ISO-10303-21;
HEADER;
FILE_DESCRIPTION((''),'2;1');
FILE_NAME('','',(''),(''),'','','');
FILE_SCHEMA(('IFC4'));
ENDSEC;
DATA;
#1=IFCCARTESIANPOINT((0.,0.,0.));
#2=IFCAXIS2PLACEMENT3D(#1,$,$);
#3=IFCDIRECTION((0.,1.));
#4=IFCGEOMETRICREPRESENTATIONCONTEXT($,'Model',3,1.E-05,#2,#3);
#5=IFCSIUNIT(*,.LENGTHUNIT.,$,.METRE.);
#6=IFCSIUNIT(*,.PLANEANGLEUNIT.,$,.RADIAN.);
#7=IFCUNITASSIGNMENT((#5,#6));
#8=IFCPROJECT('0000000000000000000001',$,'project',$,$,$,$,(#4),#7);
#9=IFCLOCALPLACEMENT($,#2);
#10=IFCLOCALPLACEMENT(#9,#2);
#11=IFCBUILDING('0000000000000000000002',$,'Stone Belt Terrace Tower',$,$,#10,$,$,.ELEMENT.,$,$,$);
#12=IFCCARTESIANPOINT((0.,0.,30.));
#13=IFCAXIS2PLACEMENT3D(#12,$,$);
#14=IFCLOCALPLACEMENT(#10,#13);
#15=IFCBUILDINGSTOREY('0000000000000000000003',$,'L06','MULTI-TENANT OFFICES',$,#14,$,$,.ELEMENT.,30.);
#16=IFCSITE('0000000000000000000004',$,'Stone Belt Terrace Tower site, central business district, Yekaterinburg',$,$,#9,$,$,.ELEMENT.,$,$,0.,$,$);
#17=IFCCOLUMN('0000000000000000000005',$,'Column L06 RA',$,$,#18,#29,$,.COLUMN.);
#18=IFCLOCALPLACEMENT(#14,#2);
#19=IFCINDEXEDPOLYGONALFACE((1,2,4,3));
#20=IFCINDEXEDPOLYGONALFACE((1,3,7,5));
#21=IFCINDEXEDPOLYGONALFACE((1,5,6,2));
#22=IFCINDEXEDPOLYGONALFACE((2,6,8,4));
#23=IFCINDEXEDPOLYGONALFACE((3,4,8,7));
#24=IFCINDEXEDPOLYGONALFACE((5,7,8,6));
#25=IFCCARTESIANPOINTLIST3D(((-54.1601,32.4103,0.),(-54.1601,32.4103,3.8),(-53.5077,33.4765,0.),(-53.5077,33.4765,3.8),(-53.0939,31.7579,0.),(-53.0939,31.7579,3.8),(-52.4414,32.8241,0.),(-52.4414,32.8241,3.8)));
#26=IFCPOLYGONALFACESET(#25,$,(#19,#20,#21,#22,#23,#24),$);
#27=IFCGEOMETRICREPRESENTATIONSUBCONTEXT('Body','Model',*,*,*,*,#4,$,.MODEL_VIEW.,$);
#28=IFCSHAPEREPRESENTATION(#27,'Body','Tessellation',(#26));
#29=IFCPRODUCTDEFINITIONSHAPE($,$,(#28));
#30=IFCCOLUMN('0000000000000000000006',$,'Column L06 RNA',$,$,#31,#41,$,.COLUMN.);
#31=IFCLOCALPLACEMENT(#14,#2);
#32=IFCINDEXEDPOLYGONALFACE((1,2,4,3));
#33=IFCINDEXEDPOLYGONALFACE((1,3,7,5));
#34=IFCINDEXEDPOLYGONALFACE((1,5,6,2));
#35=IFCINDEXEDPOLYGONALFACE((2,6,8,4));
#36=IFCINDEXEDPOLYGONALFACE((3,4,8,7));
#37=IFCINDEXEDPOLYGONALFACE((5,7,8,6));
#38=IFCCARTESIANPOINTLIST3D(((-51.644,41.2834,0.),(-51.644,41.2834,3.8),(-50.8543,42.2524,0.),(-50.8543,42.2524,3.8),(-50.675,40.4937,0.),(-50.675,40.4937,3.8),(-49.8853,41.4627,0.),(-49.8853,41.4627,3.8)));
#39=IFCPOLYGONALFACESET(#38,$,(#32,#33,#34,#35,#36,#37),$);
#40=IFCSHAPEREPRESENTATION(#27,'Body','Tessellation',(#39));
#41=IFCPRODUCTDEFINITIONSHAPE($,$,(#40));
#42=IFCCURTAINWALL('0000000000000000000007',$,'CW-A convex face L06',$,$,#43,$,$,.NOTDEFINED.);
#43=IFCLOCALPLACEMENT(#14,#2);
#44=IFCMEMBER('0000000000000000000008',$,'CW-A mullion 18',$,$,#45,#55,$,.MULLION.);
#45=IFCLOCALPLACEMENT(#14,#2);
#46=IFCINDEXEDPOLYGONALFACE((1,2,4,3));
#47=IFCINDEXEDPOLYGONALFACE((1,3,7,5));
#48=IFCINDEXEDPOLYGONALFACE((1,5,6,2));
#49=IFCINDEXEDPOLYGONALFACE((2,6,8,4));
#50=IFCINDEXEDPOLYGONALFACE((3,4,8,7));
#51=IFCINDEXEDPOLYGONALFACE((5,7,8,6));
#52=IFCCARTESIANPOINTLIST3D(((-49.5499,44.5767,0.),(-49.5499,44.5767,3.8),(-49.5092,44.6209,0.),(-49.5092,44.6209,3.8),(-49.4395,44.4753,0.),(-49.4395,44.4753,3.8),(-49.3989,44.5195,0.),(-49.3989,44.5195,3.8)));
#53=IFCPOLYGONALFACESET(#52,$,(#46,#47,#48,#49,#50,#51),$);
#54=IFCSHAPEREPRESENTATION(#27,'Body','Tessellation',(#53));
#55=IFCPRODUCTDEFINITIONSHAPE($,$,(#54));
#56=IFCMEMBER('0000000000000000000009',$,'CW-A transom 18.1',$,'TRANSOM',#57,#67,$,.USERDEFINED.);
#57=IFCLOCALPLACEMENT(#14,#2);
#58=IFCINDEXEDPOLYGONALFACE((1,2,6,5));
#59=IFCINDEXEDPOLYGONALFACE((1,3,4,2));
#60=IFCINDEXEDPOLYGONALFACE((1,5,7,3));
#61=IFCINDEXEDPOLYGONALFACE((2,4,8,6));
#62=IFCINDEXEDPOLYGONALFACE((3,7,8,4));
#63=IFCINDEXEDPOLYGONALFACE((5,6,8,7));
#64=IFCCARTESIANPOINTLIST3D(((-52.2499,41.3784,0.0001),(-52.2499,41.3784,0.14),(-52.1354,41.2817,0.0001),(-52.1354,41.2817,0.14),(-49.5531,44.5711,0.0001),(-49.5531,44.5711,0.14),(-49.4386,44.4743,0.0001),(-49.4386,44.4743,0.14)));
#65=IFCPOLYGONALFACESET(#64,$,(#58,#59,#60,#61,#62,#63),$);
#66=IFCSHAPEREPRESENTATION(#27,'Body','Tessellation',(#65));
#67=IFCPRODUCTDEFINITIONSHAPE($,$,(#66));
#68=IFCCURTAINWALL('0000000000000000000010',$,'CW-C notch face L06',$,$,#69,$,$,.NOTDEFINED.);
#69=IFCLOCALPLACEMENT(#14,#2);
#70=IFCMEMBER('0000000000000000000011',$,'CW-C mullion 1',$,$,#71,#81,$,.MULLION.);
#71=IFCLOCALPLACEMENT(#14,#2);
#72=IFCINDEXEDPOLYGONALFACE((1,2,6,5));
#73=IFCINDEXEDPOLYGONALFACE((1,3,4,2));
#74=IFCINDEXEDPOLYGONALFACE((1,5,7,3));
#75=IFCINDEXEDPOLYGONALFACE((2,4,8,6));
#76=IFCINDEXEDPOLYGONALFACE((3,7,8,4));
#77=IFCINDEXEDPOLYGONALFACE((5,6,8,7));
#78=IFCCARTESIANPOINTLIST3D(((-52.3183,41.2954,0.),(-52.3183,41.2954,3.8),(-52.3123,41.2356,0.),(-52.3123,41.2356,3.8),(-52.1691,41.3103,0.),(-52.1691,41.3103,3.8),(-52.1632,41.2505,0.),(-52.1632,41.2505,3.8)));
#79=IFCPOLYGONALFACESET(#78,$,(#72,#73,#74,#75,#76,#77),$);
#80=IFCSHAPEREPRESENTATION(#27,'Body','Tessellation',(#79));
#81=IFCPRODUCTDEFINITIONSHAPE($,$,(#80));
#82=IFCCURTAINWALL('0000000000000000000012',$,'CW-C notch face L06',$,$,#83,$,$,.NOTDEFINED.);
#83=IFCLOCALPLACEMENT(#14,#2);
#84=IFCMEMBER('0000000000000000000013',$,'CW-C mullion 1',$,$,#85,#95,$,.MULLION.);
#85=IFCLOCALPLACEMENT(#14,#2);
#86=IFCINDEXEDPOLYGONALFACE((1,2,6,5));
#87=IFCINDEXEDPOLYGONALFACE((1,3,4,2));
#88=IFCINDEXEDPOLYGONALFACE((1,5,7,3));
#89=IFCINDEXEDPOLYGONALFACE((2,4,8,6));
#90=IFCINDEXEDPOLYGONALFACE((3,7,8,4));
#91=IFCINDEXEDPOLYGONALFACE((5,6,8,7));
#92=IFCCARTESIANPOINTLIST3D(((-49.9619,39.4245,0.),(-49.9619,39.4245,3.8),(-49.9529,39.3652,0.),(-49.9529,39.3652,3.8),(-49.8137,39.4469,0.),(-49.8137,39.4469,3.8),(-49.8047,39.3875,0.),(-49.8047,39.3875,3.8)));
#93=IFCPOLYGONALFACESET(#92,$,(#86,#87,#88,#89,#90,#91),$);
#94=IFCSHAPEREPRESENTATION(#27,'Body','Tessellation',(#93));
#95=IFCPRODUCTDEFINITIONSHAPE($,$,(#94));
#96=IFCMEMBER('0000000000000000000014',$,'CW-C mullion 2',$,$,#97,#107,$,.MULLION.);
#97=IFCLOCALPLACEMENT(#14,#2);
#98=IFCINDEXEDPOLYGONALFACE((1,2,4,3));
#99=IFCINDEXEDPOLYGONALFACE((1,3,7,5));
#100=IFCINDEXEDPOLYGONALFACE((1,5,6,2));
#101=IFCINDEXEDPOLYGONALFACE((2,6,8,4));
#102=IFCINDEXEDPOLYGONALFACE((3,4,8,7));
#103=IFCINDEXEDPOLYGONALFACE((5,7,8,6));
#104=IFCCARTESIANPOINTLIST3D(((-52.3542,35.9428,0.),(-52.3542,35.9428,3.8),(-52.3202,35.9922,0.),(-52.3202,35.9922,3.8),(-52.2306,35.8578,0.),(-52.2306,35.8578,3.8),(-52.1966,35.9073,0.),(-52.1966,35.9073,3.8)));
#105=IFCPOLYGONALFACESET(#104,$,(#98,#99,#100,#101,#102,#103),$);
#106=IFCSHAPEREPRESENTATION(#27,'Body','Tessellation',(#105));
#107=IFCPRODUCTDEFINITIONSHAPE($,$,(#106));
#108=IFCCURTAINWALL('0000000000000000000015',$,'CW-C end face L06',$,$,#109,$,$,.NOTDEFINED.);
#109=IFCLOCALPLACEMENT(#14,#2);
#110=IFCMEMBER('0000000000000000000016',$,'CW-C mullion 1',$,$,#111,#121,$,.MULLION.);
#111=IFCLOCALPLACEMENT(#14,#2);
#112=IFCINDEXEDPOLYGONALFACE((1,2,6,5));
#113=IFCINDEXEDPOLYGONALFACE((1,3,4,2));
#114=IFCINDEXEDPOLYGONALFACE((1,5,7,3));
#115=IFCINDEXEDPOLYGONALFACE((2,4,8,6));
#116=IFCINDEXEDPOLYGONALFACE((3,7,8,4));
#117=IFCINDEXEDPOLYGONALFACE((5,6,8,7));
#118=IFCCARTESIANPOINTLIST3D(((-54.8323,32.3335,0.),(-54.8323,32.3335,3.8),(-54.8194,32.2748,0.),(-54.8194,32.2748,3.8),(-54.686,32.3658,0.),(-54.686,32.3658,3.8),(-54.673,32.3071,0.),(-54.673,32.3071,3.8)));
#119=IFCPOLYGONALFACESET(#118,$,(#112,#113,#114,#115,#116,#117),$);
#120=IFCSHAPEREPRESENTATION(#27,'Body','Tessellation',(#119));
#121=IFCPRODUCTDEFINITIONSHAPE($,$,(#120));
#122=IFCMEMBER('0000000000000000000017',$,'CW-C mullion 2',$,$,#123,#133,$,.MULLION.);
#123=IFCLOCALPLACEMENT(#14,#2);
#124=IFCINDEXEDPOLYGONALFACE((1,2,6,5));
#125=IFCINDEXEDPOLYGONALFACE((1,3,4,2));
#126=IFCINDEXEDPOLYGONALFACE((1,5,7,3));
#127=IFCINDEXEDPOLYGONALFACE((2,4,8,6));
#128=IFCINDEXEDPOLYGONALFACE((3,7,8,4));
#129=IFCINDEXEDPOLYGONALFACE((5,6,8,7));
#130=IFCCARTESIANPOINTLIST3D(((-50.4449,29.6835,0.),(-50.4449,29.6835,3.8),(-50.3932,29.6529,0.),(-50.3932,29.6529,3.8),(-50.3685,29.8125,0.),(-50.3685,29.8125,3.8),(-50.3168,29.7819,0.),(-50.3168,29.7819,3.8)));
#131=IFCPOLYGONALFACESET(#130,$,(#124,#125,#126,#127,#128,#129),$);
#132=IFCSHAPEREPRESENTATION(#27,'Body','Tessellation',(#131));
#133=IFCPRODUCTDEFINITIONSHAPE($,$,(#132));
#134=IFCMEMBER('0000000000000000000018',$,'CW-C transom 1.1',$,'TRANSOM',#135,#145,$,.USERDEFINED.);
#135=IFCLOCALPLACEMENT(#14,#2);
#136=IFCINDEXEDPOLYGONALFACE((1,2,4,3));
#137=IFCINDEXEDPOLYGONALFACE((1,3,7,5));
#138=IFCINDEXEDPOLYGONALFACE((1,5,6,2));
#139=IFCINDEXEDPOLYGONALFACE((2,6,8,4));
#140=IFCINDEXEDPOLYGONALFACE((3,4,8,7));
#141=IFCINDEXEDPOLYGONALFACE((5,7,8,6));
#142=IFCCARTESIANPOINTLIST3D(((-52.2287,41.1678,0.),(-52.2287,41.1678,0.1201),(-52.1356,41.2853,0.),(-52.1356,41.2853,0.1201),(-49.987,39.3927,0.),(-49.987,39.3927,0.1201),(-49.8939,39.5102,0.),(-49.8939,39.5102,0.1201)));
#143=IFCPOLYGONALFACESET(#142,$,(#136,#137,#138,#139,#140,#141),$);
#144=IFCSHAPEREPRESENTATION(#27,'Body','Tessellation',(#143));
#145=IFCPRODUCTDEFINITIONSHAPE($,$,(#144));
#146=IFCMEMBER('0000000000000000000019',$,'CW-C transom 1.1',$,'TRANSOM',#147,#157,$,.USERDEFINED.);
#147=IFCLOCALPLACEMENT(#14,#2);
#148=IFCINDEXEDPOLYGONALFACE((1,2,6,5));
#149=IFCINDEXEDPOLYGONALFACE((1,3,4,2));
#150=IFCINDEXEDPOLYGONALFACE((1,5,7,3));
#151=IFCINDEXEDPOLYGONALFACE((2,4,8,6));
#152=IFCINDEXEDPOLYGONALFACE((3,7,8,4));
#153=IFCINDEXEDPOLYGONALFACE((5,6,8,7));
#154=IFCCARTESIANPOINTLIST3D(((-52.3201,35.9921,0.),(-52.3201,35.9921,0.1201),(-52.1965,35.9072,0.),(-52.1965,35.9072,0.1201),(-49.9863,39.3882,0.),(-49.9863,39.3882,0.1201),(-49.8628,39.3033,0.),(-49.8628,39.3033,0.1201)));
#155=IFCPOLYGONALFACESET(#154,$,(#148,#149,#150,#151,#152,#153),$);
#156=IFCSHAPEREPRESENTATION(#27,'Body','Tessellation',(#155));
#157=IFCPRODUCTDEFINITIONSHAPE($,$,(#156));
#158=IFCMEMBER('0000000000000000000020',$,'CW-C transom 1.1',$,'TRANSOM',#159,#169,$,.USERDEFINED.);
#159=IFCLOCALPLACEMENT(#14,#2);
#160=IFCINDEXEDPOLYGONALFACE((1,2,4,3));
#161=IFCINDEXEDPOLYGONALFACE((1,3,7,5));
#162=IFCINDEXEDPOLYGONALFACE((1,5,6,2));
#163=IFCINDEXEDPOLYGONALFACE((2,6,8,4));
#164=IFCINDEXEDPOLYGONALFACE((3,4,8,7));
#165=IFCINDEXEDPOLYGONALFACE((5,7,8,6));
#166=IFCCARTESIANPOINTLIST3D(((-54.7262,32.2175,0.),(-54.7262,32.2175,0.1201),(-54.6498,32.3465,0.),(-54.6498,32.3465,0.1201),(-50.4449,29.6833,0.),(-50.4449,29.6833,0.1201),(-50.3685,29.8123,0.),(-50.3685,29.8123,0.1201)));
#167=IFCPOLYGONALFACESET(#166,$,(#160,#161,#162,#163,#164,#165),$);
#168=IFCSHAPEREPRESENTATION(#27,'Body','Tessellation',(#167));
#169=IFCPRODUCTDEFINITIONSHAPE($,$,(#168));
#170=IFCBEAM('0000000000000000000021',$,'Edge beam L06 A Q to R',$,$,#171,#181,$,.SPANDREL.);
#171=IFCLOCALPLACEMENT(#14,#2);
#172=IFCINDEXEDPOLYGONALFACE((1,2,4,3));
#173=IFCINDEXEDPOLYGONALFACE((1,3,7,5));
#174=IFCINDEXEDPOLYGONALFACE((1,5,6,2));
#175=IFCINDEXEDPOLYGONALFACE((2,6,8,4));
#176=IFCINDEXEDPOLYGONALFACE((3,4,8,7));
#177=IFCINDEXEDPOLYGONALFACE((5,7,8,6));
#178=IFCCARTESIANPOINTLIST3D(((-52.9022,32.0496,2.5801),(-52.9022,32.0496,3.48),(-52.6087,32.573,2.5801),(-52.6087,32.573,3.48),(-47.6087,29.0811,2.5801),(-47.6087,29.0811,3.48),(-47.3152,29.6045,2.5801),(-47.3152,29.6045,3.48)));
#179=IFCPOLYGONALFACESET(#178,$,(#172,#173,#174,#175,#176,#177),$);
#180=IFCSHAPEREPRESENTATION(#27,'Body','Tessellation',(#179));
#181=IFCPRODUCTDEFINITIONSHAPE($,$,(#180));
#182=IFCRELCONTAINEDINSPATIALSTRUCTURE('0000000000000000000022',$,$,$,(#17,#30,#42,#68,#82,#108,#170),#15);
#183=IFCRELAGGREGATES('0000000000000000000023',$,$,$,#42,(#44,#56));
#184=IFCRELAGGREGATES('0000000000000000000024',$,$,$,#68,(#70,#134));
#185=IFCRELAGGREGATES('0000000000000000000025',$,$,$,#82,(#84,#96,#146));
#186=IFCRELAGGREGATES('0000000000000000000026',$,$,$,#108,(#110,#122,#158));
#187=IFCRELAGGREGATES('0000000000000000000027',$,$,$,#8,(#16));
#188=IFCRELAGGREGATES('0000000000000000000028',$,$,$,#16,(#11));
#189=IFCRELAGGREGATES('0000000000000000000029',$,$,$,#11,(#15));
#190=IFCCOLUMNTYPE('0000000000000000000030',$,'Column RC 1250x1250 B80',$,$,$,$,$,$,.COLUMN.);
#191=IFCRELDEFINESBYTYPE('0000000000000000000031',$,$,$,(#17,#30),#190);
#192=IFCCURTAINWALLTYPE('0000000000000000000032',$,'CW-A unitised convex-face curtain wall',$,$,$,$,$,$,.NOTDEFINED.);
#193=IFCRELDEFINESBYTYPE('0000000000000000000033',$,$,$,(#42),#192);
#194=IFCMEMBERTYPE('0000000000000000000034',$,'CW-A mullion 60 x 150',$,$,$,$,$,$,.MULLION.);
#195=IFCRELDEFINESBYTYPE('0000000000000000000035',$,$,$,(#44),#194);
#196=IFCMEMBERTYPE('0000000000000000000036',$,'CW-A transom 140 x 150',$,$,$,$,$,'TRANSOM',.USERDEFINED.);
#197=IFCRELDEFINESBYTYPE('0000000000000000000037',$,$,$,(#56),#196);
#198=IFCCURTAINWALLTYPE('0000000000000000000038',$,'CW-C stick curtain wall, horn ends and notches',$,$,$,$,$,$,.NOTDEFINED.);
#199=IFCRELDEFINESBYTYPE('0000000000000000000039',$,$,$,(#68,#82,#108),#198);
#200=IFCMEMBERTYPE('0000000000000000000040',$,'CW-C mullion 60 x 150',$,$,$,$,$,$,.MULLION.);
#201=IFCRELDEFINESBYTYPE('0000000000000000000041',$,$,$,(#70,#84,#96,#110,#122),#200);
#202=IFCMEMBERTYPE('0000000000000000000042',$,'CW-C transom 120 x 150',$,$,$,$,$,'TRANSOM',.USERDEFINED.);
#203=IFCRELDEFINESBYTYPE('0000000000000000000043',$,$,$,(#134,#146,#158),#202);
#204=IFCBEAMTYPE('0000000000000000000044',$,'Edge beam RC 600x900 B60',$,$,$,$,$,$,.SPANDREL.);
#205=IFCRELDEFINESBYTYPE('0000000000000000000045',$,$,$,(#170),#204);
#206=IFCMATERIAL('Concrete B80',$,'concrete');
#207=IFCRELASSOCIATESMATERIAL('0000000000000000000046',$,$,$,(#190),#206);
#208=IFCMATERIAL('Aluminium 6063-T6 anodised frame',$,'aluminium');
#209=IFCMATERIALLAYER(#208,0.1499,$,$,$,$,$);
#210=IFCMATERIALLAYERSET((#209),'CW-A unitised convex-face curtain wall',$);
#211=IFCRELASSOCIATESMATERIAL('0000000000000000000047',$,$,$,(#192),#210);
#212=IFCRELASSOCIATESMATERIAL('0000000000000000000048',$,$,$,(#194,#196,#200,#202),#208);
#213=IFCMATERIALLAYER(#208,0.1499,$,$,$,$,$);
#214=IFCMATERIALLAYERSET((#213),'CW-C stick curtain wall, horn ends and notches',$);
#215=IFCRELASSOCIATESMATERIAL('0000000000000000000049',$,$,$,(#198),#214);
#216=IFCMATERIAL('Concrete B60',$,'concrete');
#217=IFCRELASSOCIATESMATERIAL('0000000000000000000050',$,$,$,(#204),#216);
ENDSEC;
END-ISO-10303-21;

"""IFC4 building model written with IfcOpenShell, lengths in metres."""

from ifc_helpers import new_model, si_unit, direction, frame, origin, origin_2d, place, context, subcontext, project, spatial, rectangle, extrude, material, layer, layer_set, material_profile, profile_set, type_object, element, aggregate, save


model = new_model("IFC4")

# Units and contexts
model_context = context("Model", 3, precision=1e-05, world=origin(), true_north=direction((0.0, 1.0)))
body_context = subcontext(model_context, "Body", "Model", "MODEL_VIEW")
ifc_project = project(units=[si_unit("LENGTHUNIT", "METRE"), si_unit("PLANEANGLEUNIT", "RADIAN")], contexts=[model_context])

# Site, building, storey
site_placement = place(None, origin())
site = spatial("IfcSite", under=ifc_project, at=site_placement, Name="Stone Belt Terrace Tower site, central business district, Yekaterinburg", CompositionType="ELEMENT", RefElevation=0.0)
building_placement = place(site_placement, origin())
building = spatial("IfcBuilding", under=site, at=building_placement, Name="Stone Belt Terrace Tower", CompositionType="ELEMENT")
storey_placement = place(building_placement, frame((0.0, 0.0, 30.0)))
storey = spatial("IfcBuildingStorey", under=building, at=storey_placement, Name="L06", Description="MULTI-TENANT OFFICES", CompositionType="ELEMENT", Elevation=30.0)

# Columns
ifc_material_1 = material(Name="Concrete B80", Category="concrete")
ifc_material_profile_1 = material_profile(ifc_material_1, rectangle(XDim=1.25, YDim=1.25, at=origin_2d()), Name="RC 1250x1250")
ifc_profile_set_1 = profile_set([ifc_material_profile_1], Name="Concrete B80")
column_type = type_object("IfcColumnType", Name="Column RC 1250x1250 B80", PredefinedType="COLUMN", material=ifc_profile_set_1)
for number, where, z_axis, x_axis, name in (
    (1, (-53.3008, 32.6172, 0.0), (0.0, 0.0, 1.0), (0.521967, 0.852966, 0.0), "Column L06 RA"),
    (2, (-50.7646, 41.373, 0.0), (0.0, 0.0, 1.0), (0.631759, 0.775165, 0.0), "Column L06 RNA"),
):
    element("IfcColumn", number, at=place(storey_placement, frame(where, z_axis=z_axis, x_axis=x_axis)), inside=storey, type_object=column_type, Name=name, PredefinedType="COLUMN", context=body_context, shape_type="SweptSolid", body=[
        extrude(rectangle(XDim=1.25, YDim=1.25, at=origin_2d()), origin(), (0.0, 0.0, 1.0), 3.8),
    ])

# Curtain wall, members
ifc_material_2 = material(Name="Aluminium 6063-T6 anodised frame", Category="aluminium")
ifc_layer_1 = layer(ifc_material_2, 0.1499)
ifc_layer_set_1 = layer_set([ifc_layer_1], Name="CW-A unitised convex-face curtain wall")
curtain_wall_type_1 = type_object("IfcCurtainWallType", Name="CW-A unitised convex-face curtain wall", PredefinedType="NOTDEFINED", material=ifc_layer_set_1)
curtain_wall_1_placement = place(storey_placement, origin())
curtain_wall_1 = element("IfcCurtainWall", 3, at=curtain_wall_1_placement, inside=storey, type_object=curtain_wall_type_1, Name="CW-A convex face L06", PredefinedType="NOTDEFINED")
ifc_material_profile_2 = material_profile(ifc_material_2, rectangle(XDim=0.1499, YDim=0.0601, at=origin_2d()), Name="Aluminium 6063-T6 60x150")
ifc_profile_set_2 = profile_set([ifc_material_profile_2], Name="Aluminium 6063-T6 anodised frame")
member_type_1 = type_object("IfcMemberType", Name="CW-A mullion 60 x 150", PredefinedType="MULLION", material=ifc_profile_set_2)
member_1_placement = place(storey_placement, frame((-49.4744, 44.5481, 0.0), z_axis=(0.0, 0.0, 1.0), x_axis=(0.736171, -0.676796, 0.0)))
member_1 = element("IfcMember", 4, at=member_1_placement, type_object=member_type_1, Name="CW-A mullion 18", PredefinedType="MULLION", context=body_context, shape_type="SweptSolid", body=[
    extrude(rectangle(XDim=0.1499, YDim=0.0601, at=origin_2d()), origin(), (0.0, 0.0, 1.0), 3.8),
])
ifc_material_profile_3 = material_profile(ifc_material_2, rectangle(XDim=0.1499, YDim=0.1399, at=origin_2d()), Name="Aluminium 6063-T6 150x140")
ifc_profile_set_3 = profile_set([ifc_material_profile_3], Name="Aluminium 6063-T6 anodised frame")
member_type_2 = type_object("IfcMemberType", Name="CW-A transom 140 x 150", ElementType="TRANSOM", PredefinedType="USERDEFINED", material=ifc_profile_set_3)
member_2_placement = place(storey_placement, frame((-49.4958, 44.5227, 0.0701), z_axis=(-0.64529, -0.763938, 0.0), x_axis=(0.763938, -0.64529, 0.0)))
member_2 = element("IfcMember", 5, at=member_2_placement, type_object=member_type_2, Name="CW-A transom 18.1", ObjectType="TRANSOM", PredefinedType="USERDEFINED", context=body_context, shape_type="SweptSolid", body=[
    extrude(rectangle(XDim=0.1499, YDim=0.1399, at=origin_2d()), origin(), (0.0, 0.0, 1.0), 4.1792),
])

# Curtain wall, member
ifc_layer_2 = layer(ifc_material_2, 0.1499)
ifc_layer_set_2 = layer_set([ifc_layer_2], Name="CW-C stick curtain wall, horn ends and notches")
curtain_wall_type_2 = type_object("IfcCurtainWallType", Name="CW-C stick curtain wall, horn ends and notches", PredefinedType="NOTDEFINED", material=ifc_layer_set_2)
curtain_wall_2_placement = place(storey_placement, origin())
curtain_wall_2 = element("IfcCurtainWall", 6, at=curtain_wall_2_placement, inside=storey, type_object=curtain_wall_type_2, Name="CW-C notch face L06", PredefinedType="NOTDEFINED")
ifc_material_profile_4 = material_profile(ifc_material_2, rectangle(XDim=0.1499, YDim=0.0601, at=origin_2d()), Name="Aluminium 6063-T6 60x150")
ifc_profile_set_4 = profile_set([ifc_material_profile_4], Name="Aluminium 6063-T6 anodised frame")
member_type_3 = type_object("IfcMemberType", Name="CW-C mullion 60 x 150", PredefinedType="MULLION", material=ifc_profile_set_4)
member_3_placement = place(storey_placement, frame((-52.2407, 41.2729, 0.0), z_axis=(0.0, 0.0, 1.0), x_axis=(0.995023, 0.099645, 0.0)))
member_3 = element("IfcMember", 7, at=member_3_placement, type_object=member_type_3, Name="CW-C mullion 1", PredefinedType="MULLION", context=body_context, shape_type="SweptSolid", body=[
    extrude(rectangle(XDim=0.1499, YDim=0.0601, at=origin_2d()), origin(), (0.0, 0.0, 1.0), 3.8),
])

# Curtain walls, members
curtain_wall_3_placement = place(storey_placement, origin())
curtain_wall_3 = element("IfcCurtainWall", 8, at=curtain_wall_3_placement, inside=storey, type_object=curtain_wall_type_2, Name="CW-C notch face L06", PredefinedType="NOTDEFINED")
member_4_placement = place(storey_placement, frame((-49.8833, 39.406, 0.0), z_axis=(0.0, 0.0, 1.0), x_axis=(0.988851, 0.148906, 0.0)))
member_4 = element("IfcMember", 9, at=member_4_placement, type_object=member_type_3, Name="CW-C mullion 1", PredefinedType="MULLION", context=body_context, shape_type="SweptSolid", body=[
    extrude(rectangle(XDim=0.1499, YDim=0.0601, at=origin_2d()), origin(), (0.0, 0.0, 1.0), 3.8),
])
member_5_placement = place(storey_placement, frame((-52.2754, 35.925, 0.0), z_axis=(0.0, 0.0, 1.0), x_axis=(0.824147, -0.566376, 0.0)))
member_5 = element("IfcMember", 10, at=member_5_placement, type_object=member_type_3, Name="CW-C mullion 2", PredefinedType="MULLION", context=body_context, shape_type="SweptSolid", body=[
    extrude(rectangle(XDim=0.1499, YDim=0.0601, at=origin_2d()), origin(), (0.0, 0.0, 1.0), 3.8),
])
curtain_wall_4_placement = place(storey_placement, origin())
curtain_wall_4 = element("IfcCurtainWall", 11, at=curtain_wall_4_placement, inside=storey, type_object=curtain_wall_type_2, Name="CW-C end face L06", PredefinedType="NOTDEFINED")
member_6_placement = place(storey_placement, frame((-54.7527, 32.3203, 0.0), z_axis=(0.0, 0.0, 1.0), x_axis=(0.97652, 0.215429, 0.0)))
member_6 = element("IfcMember", 12, at=member_6_placement, type_object=member_type_3, Name="CW-C mullion 1", PredefinedType="MULLION", context=body_context, shape_type="SweptSolid", body=[
    extrude(rectangle(XDim=0.1499, YDim=0.0601, at=origin_2d()), origin(), (0.0, 0.0, 1.0), 3.8),
])
member_7_placement = place(storey_placement, frame((-50.3809, 29.7327, 0.0), z_axis=(0.0, 0.0, 1.0), x_axis=(0.509353, 0.860558, 0.0)))
member_7 = element("IfcMember", 13, at=member_7_placement, type_object=member_type_3, Name="CW-C mullion 2", PredefinedType="MULLION", context=body_context, shape_type="SweptSolid", body=[
    extrude(rectangle(XDim=0.1499, YDim=0.0601, at=origin_2d()), origin(), (0.0, 0.0, 1.0), 3.8),
])

# Members
ifc_material_profile_5 = material_profile(ifc_material_2, rectangle(XDim=0.1499, YDim=0.1201, at=origin_2d()), Name="Aluminium 6063-T6 150x120")
ifc_profile_set_5 = profile_set([ifc_material_profile_5], Name="Aluminium 6063-T6 anodised frame")
member_type_4 = type_object("IfcMemberType", Name="CW-C transom 120 x 150", ElementType="TRANSOM", PredefinedType="USERDEFINED", material=ifc_profile_set_5)
member_8_placement = place(storey_placement, frame((-52.1821, 41.2266, 0.0601), z_axis=(0.783966, -0.620804, 0.0), x_axis=(0.620804, 0.783966, 0.0)))
member_8 = element("IfcMember", 14, at=member_8_placement, type_object=member_type_4, Name="CW-C transom 1.1", ObjectType="TRANSOM", PredefinedType="USERDEFINED", context=body_context, shape_type="SweptSolid", body=[
    extrude(rectangle(XDim=0.1499, YDim=0.1201, at=origin_2d()), origin(), (0.0, 0.0, 1.0), 2.8594),
])
member_9_placement = place(storey_placement, frame((-49.9246, 39.3457, 0.0601), z_axis=(-0.566363, -0.824156, 0.0), x_axis=(0.824156, -0.566363, 0.0)))
member_9 = element("IfcMember", 15, at=member_9_placement, type_object=member_type_4, Name="CW-C transom 1.1", ObjectType="TRANSOM", PredefinedType="USERDEFINED", context=body_context, shape_type="SweptSolid", body=[
    extrude(rectangle(XDim=0.1499, YDim=0.1201, at=origin_2d()), origin(), (0.0, 0.0, 1.0), 4.1206),
])
member_10_placement = place(storey_placement, frame((-54.688, 32.282, 0.0601), z_axis=(0.860543, -0.509377, 0.0), x_axis=(0.509377, 0.860543, 0.0)))
member_10 = element("IfcMember", 16, at=member_10_placement, type_object=member_type_4, Name="CW-C transom 1.1", ObjectType="TRANSOM", PredefinedType="USERDEFINED", context=body_context, shape_type="SweptSolid", body=[
    extrude(rectangle(XDim=0.1499, YDim=0.1201, at=origin_2d()), origin(), (0.0, 0.0, 1.0), 4.9751),
])

# Beam
ifc_material_3 = material(Name="Concrete B60", Category="concrete")
ifc_material_profile_6 = material_profile(ifc_material_3, rectangle(XDim=0.6001, YDim=0.8999, at=origin_2d()), Name="RC 600x900")
ifc_profile_set_6 = profile_set([ifc_material_profile_6], Name="Concrete B60")
beam_type = type_object("IfcBeamType", Name="Edge beam RC 600x900 B60", PredefinedType="SPANDREL", material=ifc_profile_set_6)
beam_placement = place(storey_placement, frame((-47.4619, 29.3428, 3.03), z_axis=(-0.872213, 0.489126, 0.0), x_axis=(-0.489126, -0.872213, 0.0)))
element("IfcBeam", 17, at=beam_placement, inside=storey, type_object=beam_type, Name="Edge beam L06 A Q to R", PredefinedType="SPANDREL", context=body_context, shape_type="SweptSolid", body=[
    extrude(rectangle(XDim=0.6001, YDim=0.8999, at=origin_2d()), origin(), (0.0, 0.0, 1.0), 6.0691),
])

aggregate(curtain_wall_1, [member_1, member_2])
aggregate(curtain_wall_2, [member_3, member_8])
aggregate(curtain_wall_3, [member_4, member_5, member_9])
aggregate(curtain_wall_4, [member_6, member_7, member_10])

save(model, "model.ifc")
